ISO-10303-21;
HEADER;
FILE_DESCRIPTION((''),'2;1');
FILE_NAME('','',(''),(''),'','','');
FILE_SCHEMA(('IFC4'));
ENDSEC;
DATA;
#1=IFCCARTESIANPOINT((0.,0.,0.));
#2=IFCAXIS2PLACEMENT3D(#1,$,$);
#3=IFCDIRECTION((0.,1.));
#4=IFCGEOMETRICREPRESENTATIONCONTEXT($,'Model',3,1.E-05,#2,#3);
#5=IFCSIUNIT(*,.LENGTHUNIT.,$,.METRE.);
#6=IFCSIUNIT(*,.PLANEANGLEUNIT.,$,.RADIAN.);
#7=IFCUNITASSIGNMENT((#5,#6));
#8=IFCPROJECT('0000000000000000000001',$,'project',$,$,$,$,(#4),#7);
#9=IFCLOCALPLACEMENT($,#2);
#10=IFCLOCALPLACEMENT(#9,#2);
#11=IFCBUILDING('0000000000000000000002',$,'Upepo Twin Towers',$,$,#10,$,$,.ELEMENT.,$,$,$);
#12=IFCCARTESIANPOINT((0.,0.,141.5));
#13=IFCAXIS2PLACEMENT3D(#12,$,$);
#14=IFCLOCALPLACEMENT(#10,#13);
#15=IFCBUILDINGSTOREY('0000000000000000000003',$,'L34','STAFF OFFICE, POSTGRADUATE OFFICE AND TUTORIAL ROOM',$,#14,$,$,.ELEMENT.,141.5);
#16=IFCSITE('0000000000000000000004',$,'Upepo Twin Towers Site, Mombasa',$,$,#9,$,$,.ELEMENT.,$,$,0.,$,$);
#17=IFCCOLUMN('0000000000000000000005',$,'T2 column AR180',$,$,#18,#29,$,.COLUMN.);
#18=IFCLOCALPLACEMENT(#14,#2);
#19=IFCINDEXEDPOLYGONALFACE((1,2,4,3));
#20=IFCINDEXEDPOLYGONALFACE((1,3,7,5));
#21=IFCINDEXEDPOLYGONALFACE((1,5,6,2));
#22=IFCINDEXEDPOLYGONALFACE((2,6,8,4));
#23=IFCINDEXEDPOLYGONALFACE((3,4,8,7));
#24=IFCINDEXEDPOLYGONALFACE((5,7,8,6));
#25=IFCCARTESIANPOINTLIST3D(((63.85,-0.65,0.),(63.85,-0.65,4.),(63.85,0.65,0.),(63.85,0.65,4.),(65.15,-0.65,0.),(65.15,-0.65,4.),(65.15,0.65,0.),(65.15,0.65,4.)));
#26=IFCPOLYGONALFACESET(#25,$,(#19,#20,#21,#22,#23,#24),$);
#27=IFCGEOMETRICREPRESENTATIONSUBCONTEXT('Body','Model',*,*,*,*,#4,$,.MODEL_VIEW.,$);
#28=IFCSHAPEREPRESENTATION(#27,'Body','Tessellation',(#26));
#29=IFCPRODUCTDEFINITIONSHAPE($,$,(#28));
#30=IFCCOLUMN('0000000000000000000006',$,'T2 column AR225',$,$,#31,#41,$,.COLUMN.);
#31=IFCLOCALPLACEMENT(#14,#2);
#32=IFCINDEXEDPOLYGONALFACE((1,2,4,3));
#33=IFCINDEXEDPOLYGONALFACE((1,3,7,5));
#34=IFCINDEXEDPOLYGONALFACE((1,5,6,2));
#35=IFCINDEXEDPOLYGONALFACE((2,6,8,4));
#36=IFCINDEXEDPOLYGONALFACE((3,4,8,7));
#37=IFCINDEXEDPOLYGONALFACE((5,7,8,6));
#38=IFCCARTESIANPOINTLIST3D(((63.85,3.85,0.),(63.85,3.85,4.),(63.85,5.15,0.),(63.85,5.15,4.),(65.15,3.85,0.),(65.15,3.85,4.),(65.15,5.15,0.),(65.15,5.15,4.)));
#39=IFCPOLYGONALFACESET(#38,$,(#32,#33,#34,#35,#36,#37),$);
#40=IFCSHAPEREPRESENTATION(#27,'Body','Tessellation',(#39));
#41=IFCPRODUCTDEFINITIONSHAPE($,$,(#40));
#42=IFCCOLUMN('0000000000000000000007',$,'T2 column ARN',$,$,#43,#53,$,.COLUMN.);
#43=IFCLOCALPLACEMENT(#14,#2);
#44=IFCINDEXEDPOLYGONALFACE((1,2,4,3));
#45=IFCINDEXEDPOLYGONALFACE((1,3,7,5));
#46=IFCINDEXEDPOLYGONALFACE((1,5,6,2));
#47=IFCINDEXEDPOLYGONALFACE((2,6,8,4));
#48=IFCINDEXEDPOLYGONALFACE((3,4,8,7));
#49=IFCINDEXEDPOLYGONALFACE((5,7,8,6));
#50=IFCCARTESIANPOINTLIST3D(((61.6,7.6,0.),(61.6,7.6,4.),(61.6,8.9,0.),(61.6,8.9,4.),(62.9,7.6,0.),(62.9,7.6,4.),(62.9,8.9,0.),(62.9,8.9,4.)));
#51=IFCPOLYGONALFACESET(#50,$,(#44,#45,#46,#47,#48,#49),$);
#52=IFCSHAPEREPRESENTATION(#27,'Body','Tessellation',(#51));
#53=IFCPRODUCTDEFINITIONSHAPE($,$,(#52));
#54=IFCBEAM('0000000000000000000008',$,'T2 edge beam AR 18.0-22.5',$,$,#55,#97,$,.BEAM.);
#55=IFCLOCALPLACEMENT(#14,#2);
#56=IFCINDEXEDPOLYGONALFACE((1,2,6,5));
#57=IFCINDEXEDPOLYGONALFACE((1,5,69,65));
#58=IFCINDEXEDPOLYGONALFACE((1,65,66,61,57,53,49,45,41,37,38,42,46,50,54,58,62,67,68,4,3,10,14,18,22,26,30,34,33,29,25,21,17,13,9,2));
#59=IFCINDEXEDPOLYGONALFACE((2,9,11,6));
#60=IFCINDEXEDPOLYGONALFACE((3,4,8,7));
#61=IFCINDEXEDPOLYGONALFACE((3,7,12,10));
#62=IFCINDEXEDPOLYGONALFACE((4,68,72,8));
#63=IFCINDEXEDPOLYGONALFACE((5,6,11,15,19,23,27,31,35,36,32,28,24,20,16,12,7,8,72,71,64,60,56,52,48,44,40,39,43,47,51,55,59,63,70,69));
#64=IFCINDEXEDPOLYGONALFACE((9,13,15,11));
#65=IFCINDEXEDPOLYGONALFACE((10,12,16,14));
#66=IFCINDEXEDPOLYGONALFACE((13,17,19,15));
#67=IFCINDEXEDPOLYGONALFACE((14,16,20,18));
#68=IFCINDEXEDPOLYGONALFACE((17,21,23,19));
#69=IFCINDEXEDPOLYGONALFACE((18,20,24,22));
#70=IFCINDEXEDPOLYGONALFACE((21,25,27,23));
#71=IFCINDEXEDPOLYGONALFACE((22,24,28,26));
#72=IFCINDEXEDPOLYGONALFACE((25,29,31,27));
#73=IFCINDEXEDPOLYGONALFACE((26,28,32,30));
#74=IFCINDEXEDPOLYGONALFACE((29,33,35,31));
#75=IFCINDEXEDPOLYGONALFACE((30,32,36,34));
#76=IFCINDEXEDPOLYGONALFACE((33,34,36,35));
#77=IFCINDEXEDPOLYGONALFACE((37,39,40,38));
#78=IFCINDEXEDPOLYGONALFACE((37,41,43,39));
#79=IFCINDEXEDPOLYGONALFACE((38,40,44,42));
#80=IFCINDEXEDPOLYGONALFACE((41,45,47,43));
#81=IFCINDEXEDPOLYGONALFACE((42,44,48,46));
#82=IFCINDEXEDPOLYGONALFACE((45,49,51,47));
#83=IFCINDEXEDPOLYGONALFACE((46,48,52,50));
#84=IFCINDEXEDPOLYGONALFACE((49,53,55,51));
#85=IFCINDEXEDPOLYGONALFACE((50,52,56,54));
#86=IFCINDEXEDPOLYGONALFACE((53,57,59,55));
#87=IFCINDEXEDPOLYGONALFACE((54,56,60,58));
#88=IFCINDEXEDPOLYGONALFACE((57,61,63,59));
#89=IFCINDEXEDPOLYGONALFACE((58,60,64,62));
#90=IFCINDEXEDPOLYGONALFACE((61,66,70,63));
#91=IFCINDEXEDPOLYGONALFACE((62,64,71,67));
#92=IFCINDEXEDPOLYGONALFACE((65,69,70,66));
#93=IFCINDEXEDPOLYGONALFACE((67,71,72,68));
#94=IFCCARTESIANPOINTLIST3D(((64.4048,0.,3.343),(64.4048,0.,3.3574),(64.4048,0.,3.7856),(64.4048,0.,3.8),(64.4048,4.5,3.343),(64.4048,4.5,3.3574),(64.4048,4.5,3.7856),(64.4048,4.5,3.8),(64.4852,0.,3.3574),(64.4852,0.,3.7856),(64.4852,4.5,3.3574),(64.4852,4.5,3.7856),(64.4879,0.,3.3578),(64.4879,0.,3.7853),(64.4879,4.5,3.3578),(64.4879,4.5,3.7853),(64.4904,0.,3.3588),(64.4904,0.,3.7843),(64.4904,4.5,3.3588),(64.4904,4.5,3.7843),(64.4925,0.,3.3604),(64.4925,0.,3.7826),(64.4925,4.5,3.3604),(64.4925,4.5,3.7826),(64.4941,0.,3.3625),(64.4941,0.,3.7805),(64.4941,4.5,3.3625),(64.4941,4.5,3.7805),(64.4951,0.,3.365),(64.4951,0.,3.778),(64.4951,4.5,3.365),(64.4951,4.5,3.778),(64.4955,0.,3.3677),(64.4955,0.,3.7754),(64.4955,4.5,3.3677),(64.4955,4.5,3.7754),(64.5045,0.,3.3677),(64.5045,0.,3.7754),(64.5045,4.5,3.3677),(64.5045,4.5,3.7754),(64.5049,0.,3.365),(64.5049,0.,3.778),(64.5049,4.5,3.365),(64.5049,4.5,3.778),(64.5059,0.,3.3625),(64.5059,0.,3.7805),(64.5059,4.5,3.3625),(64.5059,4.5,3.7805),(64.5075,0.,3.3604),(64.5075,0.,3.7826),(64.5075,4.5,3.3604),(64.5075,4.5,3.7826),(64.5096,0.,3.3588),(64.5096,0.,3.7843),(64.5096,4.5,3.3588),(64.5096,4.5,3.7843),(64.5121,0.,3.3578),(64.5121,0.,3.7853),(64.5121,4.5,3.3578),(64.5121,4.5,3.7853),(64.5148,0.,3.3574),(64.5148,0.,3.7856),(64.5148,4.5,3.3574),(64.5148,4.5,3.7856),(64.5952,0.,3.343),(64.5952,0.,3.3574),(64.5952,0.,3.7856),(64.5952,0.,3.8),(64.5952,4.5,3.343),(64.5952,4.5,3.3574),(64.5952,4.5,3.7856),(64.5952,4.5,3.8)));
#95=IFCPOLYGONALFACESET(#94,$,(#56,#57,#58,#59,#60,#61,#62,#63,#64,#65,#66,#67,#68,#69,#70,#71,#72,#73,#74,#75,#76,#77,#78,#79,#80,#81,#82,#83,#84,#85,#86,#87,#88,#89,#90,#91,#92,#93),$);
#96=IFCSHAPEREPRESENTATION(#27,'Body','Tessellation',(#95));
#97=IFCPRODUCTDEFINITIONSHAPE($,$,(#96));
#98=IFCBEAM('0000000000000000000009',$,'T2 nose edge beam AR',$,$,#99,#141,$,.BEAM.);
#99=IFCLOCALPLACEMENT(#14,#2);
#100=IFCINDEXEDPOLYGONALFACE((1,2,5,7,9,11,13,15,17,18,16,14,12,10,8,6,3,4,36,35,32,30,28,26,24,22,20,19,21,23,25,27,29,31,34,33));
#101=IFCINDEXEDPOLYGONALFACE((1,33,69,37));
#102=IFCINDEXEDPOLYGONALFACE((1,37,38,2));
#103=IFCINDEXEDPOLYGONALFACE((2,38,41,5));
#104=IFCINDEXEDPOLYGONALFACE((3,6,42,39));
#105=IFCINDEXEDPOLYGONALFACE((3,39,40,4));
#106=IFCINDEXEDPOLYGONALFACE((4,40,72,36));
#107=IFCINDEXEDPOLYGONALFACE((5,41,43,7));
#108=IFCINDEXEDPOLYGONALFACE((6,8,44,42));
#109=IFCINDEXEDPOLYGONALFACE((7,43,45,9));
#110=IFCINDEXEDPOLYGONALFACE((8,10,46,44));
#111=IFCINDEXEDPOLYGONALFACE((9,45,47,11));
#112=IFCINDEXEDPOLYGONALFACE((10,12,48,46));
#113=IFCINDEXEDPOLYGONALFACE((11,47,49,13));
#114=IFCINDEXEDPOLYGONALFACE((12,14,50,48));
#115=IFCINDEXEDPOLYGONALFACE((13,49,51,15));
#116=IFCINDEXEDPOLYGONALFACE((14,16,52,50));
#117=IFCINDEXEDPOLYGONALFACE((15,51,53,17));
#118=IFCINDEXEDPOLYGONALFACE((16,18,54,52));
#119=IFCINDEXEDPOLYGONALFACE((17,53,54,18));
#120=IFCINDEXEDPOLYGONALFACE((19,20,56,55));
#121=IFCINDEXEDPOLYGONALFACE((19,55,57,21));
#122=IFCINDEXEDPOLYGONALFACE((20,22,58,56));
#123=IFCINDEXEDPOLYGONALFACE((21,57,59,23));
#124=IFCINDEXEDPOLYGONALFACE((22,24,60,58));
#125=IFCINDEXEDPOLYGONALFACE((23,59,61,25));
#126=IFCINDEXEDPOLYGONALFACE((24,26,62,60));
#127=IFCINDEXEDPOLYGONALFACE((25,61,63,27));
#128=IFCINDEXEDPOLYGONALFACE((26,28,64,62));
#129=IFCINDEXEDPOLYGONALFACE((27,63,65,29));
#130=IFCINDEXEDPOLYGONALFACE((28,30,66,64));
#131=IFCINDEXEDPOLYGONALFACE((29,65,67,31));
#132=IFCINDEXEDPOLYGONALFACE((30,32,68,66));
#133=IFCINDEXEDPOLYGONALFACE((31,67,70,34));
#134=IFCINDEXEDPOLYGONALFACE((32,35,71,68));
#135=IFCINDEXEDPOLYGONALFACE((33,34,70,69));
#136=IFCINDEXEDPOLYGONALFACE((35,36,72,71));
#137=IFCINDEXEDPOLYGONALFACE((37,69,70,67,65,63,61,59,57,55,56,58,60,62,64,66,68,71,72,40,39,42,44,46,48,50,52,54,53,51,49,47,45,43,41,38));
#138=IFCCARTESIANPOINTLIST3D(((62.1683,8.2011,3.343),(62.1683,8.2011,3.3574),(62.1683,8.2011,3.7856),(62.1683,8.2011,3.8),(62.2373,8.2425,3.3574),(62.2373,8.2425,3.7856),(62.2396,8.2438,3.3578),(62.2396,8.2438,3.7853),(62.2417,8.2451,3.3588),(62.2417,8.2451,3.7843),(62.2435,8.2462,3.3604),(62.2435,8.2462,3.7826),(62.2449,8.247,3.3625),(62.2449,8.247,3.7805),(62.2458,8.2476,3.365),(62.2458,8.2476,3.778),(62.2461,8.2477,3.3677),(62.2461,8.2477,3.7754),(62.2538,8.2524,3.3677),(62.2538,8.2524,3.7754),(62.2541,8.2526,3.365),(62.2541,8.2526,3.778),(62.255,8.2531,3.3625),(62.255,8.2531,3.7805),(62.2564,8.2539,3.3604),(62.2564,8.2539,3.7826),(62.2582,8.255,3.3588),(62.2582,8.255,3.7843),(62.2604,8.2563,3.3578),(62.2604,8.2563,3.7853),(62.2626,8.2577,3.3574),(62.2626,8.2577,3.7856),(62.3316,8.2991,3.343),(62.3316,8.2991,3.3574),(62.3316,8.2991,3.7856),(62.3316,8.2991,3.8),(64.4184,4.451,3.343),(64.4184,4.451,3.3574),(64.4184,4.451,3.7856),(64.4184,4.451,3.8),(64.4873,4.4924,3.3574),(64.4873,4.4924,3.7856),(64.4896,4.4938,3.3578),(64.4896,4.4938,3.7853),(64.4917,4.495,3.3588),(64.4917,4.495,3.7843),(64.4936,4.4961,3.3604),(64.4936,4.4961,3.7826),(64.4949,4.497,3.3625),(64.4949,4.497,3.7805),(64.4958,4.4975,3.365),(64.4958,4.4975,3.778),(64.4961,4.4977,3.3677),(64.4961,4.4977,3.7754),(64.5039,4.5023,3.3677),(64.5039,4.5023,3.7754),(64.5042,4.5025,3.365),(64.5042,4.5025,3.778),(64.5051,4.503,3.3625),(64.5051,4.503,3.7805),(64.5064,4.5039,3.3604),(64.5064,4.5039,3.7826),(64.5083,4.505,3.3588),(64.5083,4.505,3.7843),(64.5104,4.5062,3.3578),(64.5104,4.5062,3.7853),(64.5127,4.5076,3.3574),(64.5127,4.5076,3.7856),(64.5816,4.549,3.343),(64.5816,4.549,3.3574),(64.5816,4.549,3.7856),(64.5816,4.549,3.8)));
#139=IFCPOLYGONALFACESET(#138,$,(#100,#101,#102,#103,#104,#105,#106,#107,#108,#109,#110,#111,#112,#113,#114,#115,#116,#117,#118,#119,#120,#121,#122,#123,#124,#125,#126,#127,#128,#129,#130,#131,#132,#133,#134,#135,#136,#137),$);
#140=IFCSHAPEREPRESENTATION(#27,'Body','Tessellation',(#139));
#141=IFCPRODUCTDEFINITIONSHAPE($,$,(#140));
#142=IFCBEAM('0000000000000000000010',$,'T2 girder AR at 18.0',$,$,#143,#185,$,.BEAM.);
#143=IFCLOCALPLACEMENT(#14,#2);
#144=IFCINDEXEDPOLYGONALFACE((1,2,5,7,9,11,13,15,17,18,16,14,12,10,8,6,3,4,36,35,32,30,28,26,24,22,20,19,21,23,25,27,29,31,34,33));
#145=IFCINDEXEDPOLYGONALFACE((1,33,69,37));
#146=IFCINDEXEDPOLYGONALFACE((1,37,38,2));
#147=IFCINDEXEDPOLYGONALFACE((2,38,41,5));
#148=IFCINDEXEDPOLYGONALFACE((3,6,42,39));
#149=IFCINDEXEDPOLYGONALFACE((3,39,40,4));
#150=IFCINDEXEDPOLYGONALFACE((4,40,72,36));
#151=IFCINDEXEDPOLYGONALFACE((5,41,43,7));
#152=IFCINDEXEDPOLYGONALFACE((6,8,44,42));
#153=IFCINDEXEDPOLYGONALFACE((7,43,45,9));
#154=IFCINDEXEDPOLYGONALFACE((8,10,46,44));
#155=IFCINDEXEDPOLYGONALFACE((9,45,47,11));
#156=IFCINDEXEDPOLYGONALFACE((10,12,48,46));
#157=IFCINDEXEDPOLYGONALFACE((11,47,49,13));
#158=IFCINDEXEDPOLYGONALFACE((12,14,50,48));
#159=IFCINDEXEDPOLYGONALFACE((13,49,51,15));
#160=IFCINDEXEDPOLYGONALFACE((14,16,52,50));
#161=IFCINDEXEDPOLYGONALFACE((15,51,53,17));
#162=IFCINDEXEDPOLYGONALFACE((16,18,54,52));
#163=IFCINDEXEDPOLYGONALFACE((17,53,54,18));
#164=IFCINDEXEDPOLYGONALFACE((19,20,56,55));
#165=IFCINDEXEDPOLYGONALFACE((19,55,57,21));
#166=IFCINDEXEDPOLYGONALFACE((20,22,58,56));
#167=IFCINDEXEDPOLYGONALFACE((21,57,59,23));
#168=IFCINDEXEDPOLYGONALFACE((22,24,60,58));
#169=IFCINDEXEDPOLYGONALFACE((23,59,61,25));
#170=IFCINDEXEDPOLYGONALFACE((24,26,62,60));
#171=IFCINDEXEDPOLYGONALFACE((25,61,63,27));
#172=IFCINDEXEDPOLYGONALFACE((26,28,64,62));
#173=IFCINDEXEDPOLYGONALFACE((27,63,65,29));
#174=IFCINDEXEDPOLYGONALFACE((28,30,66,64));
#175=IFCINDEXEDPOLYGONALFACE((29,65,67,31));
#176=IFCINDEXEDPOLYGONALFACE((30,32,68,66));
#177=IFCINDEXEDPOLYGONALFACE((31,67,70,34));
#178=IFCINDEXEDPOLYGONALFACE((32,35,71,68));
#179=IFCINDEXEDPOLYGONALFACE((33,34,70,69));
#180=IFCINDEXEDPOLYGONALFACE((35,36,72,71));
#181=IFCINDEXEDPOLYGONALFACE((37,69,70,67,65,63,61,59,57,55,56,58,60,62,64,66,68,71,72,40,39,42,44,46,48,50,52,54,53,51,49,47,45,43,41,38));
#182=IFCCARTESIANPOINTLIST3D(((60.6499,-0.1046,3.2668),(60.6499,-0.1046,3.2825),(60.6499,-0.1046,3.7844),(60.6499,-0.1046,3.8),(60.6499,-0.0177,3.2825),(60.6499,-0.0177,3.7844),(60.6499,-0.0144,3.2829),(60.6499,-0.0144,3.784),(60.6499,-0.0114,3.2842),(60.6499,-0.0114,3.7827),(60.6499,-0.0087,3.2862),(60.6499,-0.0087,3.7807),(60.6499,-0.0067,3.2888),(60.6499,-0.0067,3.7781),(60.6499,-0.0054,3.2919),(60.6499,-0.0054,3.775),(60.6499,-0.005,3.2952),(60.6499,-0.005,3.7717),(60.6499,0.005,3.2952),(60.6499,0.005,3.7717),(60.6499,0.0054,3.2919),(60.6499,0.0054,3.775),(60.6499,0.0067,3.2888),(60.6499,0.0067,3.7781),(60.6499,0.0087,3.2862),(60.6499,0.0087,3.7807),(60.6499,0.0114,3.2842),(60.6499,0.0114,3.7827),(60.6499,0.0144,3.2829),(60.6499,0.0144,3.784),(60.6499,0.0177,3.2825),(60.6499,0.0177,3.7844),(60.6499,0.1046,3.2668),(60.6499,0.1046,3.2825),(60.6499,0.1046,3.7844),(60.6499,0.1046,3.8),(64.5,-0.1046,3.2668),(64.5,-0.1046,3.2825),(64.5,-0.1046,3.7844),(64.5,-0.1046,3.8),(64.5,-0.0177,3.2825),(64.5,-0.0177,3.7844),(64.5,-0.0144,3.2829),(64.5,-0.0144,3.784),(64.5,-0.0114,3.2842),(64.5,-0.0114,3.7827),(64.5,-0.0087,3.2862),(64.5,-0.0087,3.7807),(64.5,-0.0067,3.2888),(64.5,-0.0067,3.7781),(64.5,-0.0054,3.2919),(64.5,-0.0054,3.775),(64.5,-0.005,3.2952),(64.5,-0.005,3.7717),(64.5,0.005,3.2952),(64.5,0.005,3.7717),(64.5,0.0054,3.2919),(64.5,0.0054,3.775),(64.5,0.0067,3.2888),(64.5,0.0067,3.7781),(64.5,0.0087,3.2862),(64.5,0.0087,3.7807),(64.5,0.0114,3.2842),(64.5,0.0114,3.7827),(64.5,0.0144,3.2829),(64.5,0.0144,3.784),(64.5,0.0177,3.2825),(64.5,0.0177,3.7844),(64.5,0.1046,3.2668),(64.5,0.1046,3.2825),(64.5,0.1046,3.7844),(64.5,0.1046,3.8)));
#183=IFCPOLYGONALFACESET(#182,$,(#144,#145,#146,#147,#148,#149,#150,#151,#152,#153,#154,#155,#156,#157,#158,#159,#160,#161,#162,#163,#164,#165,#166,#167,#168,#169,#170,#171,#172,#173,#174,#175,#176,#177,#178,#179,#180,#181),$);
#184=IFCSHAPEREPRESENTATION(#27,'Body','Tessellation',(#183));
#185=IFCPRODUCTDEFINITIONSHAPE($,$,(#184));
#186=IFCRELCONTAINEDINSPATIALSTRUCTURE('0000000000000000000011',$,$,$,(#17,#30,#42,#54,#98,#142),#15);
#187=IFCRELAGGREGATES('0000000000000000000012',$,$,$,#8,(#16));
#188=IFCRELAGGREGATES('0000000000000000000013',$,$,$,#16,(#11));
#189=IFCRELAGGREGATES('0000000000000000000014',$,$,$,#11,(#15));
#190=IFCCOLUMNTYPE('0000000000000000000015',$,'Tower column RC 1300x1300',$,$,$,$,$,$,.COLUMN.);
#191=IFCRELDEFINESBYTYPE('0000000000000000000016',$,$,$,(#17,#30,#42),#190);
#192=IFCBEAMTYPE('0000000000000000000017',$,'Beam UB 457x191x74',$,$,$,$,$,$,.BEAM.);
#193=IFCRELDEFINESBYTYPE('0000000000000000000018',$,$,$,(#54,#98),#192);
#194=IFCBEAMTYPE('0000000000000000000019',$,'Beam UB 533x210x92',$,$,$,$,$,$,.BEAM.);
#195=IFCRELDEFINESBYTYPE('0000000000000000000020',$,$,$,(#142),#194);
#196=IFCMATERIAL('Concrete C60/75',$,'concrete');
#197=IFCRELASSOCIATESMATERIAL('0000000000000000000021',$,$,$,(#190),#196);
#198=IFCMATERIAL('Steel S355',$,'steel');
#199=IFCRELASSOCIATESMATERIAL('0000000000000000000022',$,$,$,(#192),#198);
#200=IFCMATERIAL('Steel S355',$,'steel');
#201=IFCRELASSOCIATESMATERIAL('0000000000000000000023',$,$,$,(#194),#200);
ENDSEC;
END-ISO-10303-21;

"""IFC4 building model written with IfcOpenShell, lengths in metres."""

from ifc_helpers import new_model, si_unit, direction, frame, origin, origin_2d, place, context, subcontext, project, spatial, rectangle, i_section, extrude, material, material_profile, profile_set, type_object, element, save


model = new_model("IFC4")

# Units and contexts
model_context = context("Model", 3, precision=1e-05, world=origin(), true_north=direction((0.0, 1.0)))
body_context = subcontext(model_context, "Body", "Model", "MODEL_VIEW")
ifc_project = project(units=[si_unit("LENGTHUNIT", "METRE"), si_unit("PLANEANGLEUNIT", "RADIAN")], contexts=[model_context])

# Site, building, storey
site_placement = place(None, origin())
site = spatial("IfcSite", under=ifc_project, at=site_placement, Name="Upepo Twin Towers Site, Mombasa", CompositionType="ELEMENT", RefElevation=0.0)
building_placement = place(site_placement, origin())
building = spatial("IfcBuilding", under=site, at=building_placement, Name="Upepo Twin Towers", CompositionType="ELEMENT")
storey_placement = place(building_placement, frame((0.0, 0.0, 141.5)))
storey = spatial("IfcBuildingStorey", under=building, at=storey_placement, Name="L34", Description="STAFF OFFICE, POSTGRADUATE OFFICE AND TUTORIAL ROOM", CompositionType="ELEMENT", Elevation=141.5)

# Columns
ifc_material_1 = material(Name="Concrete C60/75", Category="concrete")
ifc_material_profile_1 = material_profile(ifc_material_1, rectangle(XDim=1.3, YDim=1.3, at=origin_2d()), Name="RC 1300x1300")
ifc_profile_set_1 = profile_set([ifc_material_profile_1], Name="Concrete C60/75")
column_type = type_object("IfcColumnType", Name="Tower column RC 1300x1300", PredefinedType="COLUMN", material=ifc_profile_set_1)
for number, where, z_axis, x_axis, name in (
    (1, (64.5, 0.0, 0.0), (0.0, 0.0, 1.0), (1.0, 0.0, 0.0), "T2 column AR180"),
    (2, (64.5, 4.5, 0.0), (0.0, 0.0, 1.0), (1.0, 0.0, 0.0), "T2 column AR225"),
    (3, (62.25, 8.25, 0.0), (0.0, 0.0, 1.0), (1.0, 0.0, 0.0), "T2 column ARN"),
):
    element("IfcColumn", number, at=place(storey_placement, frame(where, z_axis=z_axis, x_axis=x_axis)), inside=storey, type_object=column_type, Name=name, PredefinedType="COLUMN", context=body_context, shape_type="SweptSolid", body=[
        extrude(rectangle(XDim=1.3, YDim=1.3, at=origin_2d()), origin(), (0.0, 0.0, 1.0), 4.0),
    ])

# Beams
ifc_material_2 = material(Name="Steel S355", Category="steel")
ifc_material_profile_2 = material_profile(ifc_material_2, i_section(OverallWidth=0.1904, OverallDepth=0.457, WebThickness=0.009, FlangeThickness=0.0144, FilletRadius=0.0103, at=origin_2d()), Name="UB 457x191x74")
ifc_profile_set_2 = profile_set([ifc_material_profile_2], Name="Steel S355")
beam_type_1 = type_object("IfcBeamType", Name="Beam UB 457x191x74", PredefinedType="BEAM", material=ifc_profile_set_2)
beam_1_placement = place(storey_placement, frame((64.5, 0.0, 3.5715), z_axis=(0.0, 1.0, 0.0), x_axis=(-1.0, 0.0, 0.0)))
element("IfcBeam", 4, at=beam_1_placement, inside=storey, type_object=beam_type_1, Name="T2 edge beam AR 18.0-22.5", PredefinedType="BEAM", context=body_context, shape_type="SweptSolid", body=[
    extrude(i_section(OverallWidth=0.1904, OverallDepth=0.457, WebThickness=0.009, FlangeThickness=0.0144, FilletRadius=0.0103, at=origin_2d()), origin(), (0.0, 0.0, 1.0), 4.5),
])
beam_2_placement = place(storey_placement, frame((64.5, 4.5, 3.5715), z_axis=(-0.514496, 0.857493, 0.0), x_axis=(-0.857493, -0.514496, 0.0)))
element("IfcBeam", 5, at=beam_2_placement, inside=storey, type_object=beam_type_1, Name="T2 nose edge beam AR", PredefinedType="BEAM", context=body_context, shape_type="SweptSolid", body=[
    extrude(i_section(OverallWidth=0.1904, OverallDepth=0.457, WebThickness=0.009, FlangeThickness=0.0144, FilletRadius=0.0103, at=origin_2d()), origin(), (0.0, 0.0, 1.0), 4.3733),
])
ifc_material_3 = material(Name="Steel S355", Category="steel")
ifc_material_profile_3 = material_profile(ifc_material_3, i_section(OverallWidth=0.2092, OverallDepth=0.5332, WebThickness=0.01, FlangeThickness=0.0156, FilletRadius=0.0127, at=origin_2d()), Name="UB 533x210x92")
ifc_profile_set_3 = profile_set([ifc_material_profile_3], Name="Steel S355")
beam_type_2 = type_object("IfcBeamType", Name="Beam UB 533x210x92", PredefinedType="BEAM", material=ifc_profile_set_3)
for number, where, z_axis, x_axis, name in (
    (6, (64.5, 0.0, 3.5334), (-1.0, 0.0, 0.0), (0.0, -1.0, 0.0), "T2 girder AR at 18.0"),
):
    element("IfcBeam", number, at=place(storey_placement, frame(where, z_axis=z_axis, x_axis=x_axis)), inside=storey, type_object=beam_type_2, Name=name, PredefinedType="BEAM", context=body_context, shape_type="SweptSolid", body=[
        extrude(i_section(OverallWidth=0.2092, OverallDepth=0.5332, WebThickness=0.01, FlangeThickness=0.0156, FilletRadius=0.0127, at=origin_2d()), origin(), (0.0, 0.0, 1.0), 3.8501),
    ])

save(model, "model.ifc")
